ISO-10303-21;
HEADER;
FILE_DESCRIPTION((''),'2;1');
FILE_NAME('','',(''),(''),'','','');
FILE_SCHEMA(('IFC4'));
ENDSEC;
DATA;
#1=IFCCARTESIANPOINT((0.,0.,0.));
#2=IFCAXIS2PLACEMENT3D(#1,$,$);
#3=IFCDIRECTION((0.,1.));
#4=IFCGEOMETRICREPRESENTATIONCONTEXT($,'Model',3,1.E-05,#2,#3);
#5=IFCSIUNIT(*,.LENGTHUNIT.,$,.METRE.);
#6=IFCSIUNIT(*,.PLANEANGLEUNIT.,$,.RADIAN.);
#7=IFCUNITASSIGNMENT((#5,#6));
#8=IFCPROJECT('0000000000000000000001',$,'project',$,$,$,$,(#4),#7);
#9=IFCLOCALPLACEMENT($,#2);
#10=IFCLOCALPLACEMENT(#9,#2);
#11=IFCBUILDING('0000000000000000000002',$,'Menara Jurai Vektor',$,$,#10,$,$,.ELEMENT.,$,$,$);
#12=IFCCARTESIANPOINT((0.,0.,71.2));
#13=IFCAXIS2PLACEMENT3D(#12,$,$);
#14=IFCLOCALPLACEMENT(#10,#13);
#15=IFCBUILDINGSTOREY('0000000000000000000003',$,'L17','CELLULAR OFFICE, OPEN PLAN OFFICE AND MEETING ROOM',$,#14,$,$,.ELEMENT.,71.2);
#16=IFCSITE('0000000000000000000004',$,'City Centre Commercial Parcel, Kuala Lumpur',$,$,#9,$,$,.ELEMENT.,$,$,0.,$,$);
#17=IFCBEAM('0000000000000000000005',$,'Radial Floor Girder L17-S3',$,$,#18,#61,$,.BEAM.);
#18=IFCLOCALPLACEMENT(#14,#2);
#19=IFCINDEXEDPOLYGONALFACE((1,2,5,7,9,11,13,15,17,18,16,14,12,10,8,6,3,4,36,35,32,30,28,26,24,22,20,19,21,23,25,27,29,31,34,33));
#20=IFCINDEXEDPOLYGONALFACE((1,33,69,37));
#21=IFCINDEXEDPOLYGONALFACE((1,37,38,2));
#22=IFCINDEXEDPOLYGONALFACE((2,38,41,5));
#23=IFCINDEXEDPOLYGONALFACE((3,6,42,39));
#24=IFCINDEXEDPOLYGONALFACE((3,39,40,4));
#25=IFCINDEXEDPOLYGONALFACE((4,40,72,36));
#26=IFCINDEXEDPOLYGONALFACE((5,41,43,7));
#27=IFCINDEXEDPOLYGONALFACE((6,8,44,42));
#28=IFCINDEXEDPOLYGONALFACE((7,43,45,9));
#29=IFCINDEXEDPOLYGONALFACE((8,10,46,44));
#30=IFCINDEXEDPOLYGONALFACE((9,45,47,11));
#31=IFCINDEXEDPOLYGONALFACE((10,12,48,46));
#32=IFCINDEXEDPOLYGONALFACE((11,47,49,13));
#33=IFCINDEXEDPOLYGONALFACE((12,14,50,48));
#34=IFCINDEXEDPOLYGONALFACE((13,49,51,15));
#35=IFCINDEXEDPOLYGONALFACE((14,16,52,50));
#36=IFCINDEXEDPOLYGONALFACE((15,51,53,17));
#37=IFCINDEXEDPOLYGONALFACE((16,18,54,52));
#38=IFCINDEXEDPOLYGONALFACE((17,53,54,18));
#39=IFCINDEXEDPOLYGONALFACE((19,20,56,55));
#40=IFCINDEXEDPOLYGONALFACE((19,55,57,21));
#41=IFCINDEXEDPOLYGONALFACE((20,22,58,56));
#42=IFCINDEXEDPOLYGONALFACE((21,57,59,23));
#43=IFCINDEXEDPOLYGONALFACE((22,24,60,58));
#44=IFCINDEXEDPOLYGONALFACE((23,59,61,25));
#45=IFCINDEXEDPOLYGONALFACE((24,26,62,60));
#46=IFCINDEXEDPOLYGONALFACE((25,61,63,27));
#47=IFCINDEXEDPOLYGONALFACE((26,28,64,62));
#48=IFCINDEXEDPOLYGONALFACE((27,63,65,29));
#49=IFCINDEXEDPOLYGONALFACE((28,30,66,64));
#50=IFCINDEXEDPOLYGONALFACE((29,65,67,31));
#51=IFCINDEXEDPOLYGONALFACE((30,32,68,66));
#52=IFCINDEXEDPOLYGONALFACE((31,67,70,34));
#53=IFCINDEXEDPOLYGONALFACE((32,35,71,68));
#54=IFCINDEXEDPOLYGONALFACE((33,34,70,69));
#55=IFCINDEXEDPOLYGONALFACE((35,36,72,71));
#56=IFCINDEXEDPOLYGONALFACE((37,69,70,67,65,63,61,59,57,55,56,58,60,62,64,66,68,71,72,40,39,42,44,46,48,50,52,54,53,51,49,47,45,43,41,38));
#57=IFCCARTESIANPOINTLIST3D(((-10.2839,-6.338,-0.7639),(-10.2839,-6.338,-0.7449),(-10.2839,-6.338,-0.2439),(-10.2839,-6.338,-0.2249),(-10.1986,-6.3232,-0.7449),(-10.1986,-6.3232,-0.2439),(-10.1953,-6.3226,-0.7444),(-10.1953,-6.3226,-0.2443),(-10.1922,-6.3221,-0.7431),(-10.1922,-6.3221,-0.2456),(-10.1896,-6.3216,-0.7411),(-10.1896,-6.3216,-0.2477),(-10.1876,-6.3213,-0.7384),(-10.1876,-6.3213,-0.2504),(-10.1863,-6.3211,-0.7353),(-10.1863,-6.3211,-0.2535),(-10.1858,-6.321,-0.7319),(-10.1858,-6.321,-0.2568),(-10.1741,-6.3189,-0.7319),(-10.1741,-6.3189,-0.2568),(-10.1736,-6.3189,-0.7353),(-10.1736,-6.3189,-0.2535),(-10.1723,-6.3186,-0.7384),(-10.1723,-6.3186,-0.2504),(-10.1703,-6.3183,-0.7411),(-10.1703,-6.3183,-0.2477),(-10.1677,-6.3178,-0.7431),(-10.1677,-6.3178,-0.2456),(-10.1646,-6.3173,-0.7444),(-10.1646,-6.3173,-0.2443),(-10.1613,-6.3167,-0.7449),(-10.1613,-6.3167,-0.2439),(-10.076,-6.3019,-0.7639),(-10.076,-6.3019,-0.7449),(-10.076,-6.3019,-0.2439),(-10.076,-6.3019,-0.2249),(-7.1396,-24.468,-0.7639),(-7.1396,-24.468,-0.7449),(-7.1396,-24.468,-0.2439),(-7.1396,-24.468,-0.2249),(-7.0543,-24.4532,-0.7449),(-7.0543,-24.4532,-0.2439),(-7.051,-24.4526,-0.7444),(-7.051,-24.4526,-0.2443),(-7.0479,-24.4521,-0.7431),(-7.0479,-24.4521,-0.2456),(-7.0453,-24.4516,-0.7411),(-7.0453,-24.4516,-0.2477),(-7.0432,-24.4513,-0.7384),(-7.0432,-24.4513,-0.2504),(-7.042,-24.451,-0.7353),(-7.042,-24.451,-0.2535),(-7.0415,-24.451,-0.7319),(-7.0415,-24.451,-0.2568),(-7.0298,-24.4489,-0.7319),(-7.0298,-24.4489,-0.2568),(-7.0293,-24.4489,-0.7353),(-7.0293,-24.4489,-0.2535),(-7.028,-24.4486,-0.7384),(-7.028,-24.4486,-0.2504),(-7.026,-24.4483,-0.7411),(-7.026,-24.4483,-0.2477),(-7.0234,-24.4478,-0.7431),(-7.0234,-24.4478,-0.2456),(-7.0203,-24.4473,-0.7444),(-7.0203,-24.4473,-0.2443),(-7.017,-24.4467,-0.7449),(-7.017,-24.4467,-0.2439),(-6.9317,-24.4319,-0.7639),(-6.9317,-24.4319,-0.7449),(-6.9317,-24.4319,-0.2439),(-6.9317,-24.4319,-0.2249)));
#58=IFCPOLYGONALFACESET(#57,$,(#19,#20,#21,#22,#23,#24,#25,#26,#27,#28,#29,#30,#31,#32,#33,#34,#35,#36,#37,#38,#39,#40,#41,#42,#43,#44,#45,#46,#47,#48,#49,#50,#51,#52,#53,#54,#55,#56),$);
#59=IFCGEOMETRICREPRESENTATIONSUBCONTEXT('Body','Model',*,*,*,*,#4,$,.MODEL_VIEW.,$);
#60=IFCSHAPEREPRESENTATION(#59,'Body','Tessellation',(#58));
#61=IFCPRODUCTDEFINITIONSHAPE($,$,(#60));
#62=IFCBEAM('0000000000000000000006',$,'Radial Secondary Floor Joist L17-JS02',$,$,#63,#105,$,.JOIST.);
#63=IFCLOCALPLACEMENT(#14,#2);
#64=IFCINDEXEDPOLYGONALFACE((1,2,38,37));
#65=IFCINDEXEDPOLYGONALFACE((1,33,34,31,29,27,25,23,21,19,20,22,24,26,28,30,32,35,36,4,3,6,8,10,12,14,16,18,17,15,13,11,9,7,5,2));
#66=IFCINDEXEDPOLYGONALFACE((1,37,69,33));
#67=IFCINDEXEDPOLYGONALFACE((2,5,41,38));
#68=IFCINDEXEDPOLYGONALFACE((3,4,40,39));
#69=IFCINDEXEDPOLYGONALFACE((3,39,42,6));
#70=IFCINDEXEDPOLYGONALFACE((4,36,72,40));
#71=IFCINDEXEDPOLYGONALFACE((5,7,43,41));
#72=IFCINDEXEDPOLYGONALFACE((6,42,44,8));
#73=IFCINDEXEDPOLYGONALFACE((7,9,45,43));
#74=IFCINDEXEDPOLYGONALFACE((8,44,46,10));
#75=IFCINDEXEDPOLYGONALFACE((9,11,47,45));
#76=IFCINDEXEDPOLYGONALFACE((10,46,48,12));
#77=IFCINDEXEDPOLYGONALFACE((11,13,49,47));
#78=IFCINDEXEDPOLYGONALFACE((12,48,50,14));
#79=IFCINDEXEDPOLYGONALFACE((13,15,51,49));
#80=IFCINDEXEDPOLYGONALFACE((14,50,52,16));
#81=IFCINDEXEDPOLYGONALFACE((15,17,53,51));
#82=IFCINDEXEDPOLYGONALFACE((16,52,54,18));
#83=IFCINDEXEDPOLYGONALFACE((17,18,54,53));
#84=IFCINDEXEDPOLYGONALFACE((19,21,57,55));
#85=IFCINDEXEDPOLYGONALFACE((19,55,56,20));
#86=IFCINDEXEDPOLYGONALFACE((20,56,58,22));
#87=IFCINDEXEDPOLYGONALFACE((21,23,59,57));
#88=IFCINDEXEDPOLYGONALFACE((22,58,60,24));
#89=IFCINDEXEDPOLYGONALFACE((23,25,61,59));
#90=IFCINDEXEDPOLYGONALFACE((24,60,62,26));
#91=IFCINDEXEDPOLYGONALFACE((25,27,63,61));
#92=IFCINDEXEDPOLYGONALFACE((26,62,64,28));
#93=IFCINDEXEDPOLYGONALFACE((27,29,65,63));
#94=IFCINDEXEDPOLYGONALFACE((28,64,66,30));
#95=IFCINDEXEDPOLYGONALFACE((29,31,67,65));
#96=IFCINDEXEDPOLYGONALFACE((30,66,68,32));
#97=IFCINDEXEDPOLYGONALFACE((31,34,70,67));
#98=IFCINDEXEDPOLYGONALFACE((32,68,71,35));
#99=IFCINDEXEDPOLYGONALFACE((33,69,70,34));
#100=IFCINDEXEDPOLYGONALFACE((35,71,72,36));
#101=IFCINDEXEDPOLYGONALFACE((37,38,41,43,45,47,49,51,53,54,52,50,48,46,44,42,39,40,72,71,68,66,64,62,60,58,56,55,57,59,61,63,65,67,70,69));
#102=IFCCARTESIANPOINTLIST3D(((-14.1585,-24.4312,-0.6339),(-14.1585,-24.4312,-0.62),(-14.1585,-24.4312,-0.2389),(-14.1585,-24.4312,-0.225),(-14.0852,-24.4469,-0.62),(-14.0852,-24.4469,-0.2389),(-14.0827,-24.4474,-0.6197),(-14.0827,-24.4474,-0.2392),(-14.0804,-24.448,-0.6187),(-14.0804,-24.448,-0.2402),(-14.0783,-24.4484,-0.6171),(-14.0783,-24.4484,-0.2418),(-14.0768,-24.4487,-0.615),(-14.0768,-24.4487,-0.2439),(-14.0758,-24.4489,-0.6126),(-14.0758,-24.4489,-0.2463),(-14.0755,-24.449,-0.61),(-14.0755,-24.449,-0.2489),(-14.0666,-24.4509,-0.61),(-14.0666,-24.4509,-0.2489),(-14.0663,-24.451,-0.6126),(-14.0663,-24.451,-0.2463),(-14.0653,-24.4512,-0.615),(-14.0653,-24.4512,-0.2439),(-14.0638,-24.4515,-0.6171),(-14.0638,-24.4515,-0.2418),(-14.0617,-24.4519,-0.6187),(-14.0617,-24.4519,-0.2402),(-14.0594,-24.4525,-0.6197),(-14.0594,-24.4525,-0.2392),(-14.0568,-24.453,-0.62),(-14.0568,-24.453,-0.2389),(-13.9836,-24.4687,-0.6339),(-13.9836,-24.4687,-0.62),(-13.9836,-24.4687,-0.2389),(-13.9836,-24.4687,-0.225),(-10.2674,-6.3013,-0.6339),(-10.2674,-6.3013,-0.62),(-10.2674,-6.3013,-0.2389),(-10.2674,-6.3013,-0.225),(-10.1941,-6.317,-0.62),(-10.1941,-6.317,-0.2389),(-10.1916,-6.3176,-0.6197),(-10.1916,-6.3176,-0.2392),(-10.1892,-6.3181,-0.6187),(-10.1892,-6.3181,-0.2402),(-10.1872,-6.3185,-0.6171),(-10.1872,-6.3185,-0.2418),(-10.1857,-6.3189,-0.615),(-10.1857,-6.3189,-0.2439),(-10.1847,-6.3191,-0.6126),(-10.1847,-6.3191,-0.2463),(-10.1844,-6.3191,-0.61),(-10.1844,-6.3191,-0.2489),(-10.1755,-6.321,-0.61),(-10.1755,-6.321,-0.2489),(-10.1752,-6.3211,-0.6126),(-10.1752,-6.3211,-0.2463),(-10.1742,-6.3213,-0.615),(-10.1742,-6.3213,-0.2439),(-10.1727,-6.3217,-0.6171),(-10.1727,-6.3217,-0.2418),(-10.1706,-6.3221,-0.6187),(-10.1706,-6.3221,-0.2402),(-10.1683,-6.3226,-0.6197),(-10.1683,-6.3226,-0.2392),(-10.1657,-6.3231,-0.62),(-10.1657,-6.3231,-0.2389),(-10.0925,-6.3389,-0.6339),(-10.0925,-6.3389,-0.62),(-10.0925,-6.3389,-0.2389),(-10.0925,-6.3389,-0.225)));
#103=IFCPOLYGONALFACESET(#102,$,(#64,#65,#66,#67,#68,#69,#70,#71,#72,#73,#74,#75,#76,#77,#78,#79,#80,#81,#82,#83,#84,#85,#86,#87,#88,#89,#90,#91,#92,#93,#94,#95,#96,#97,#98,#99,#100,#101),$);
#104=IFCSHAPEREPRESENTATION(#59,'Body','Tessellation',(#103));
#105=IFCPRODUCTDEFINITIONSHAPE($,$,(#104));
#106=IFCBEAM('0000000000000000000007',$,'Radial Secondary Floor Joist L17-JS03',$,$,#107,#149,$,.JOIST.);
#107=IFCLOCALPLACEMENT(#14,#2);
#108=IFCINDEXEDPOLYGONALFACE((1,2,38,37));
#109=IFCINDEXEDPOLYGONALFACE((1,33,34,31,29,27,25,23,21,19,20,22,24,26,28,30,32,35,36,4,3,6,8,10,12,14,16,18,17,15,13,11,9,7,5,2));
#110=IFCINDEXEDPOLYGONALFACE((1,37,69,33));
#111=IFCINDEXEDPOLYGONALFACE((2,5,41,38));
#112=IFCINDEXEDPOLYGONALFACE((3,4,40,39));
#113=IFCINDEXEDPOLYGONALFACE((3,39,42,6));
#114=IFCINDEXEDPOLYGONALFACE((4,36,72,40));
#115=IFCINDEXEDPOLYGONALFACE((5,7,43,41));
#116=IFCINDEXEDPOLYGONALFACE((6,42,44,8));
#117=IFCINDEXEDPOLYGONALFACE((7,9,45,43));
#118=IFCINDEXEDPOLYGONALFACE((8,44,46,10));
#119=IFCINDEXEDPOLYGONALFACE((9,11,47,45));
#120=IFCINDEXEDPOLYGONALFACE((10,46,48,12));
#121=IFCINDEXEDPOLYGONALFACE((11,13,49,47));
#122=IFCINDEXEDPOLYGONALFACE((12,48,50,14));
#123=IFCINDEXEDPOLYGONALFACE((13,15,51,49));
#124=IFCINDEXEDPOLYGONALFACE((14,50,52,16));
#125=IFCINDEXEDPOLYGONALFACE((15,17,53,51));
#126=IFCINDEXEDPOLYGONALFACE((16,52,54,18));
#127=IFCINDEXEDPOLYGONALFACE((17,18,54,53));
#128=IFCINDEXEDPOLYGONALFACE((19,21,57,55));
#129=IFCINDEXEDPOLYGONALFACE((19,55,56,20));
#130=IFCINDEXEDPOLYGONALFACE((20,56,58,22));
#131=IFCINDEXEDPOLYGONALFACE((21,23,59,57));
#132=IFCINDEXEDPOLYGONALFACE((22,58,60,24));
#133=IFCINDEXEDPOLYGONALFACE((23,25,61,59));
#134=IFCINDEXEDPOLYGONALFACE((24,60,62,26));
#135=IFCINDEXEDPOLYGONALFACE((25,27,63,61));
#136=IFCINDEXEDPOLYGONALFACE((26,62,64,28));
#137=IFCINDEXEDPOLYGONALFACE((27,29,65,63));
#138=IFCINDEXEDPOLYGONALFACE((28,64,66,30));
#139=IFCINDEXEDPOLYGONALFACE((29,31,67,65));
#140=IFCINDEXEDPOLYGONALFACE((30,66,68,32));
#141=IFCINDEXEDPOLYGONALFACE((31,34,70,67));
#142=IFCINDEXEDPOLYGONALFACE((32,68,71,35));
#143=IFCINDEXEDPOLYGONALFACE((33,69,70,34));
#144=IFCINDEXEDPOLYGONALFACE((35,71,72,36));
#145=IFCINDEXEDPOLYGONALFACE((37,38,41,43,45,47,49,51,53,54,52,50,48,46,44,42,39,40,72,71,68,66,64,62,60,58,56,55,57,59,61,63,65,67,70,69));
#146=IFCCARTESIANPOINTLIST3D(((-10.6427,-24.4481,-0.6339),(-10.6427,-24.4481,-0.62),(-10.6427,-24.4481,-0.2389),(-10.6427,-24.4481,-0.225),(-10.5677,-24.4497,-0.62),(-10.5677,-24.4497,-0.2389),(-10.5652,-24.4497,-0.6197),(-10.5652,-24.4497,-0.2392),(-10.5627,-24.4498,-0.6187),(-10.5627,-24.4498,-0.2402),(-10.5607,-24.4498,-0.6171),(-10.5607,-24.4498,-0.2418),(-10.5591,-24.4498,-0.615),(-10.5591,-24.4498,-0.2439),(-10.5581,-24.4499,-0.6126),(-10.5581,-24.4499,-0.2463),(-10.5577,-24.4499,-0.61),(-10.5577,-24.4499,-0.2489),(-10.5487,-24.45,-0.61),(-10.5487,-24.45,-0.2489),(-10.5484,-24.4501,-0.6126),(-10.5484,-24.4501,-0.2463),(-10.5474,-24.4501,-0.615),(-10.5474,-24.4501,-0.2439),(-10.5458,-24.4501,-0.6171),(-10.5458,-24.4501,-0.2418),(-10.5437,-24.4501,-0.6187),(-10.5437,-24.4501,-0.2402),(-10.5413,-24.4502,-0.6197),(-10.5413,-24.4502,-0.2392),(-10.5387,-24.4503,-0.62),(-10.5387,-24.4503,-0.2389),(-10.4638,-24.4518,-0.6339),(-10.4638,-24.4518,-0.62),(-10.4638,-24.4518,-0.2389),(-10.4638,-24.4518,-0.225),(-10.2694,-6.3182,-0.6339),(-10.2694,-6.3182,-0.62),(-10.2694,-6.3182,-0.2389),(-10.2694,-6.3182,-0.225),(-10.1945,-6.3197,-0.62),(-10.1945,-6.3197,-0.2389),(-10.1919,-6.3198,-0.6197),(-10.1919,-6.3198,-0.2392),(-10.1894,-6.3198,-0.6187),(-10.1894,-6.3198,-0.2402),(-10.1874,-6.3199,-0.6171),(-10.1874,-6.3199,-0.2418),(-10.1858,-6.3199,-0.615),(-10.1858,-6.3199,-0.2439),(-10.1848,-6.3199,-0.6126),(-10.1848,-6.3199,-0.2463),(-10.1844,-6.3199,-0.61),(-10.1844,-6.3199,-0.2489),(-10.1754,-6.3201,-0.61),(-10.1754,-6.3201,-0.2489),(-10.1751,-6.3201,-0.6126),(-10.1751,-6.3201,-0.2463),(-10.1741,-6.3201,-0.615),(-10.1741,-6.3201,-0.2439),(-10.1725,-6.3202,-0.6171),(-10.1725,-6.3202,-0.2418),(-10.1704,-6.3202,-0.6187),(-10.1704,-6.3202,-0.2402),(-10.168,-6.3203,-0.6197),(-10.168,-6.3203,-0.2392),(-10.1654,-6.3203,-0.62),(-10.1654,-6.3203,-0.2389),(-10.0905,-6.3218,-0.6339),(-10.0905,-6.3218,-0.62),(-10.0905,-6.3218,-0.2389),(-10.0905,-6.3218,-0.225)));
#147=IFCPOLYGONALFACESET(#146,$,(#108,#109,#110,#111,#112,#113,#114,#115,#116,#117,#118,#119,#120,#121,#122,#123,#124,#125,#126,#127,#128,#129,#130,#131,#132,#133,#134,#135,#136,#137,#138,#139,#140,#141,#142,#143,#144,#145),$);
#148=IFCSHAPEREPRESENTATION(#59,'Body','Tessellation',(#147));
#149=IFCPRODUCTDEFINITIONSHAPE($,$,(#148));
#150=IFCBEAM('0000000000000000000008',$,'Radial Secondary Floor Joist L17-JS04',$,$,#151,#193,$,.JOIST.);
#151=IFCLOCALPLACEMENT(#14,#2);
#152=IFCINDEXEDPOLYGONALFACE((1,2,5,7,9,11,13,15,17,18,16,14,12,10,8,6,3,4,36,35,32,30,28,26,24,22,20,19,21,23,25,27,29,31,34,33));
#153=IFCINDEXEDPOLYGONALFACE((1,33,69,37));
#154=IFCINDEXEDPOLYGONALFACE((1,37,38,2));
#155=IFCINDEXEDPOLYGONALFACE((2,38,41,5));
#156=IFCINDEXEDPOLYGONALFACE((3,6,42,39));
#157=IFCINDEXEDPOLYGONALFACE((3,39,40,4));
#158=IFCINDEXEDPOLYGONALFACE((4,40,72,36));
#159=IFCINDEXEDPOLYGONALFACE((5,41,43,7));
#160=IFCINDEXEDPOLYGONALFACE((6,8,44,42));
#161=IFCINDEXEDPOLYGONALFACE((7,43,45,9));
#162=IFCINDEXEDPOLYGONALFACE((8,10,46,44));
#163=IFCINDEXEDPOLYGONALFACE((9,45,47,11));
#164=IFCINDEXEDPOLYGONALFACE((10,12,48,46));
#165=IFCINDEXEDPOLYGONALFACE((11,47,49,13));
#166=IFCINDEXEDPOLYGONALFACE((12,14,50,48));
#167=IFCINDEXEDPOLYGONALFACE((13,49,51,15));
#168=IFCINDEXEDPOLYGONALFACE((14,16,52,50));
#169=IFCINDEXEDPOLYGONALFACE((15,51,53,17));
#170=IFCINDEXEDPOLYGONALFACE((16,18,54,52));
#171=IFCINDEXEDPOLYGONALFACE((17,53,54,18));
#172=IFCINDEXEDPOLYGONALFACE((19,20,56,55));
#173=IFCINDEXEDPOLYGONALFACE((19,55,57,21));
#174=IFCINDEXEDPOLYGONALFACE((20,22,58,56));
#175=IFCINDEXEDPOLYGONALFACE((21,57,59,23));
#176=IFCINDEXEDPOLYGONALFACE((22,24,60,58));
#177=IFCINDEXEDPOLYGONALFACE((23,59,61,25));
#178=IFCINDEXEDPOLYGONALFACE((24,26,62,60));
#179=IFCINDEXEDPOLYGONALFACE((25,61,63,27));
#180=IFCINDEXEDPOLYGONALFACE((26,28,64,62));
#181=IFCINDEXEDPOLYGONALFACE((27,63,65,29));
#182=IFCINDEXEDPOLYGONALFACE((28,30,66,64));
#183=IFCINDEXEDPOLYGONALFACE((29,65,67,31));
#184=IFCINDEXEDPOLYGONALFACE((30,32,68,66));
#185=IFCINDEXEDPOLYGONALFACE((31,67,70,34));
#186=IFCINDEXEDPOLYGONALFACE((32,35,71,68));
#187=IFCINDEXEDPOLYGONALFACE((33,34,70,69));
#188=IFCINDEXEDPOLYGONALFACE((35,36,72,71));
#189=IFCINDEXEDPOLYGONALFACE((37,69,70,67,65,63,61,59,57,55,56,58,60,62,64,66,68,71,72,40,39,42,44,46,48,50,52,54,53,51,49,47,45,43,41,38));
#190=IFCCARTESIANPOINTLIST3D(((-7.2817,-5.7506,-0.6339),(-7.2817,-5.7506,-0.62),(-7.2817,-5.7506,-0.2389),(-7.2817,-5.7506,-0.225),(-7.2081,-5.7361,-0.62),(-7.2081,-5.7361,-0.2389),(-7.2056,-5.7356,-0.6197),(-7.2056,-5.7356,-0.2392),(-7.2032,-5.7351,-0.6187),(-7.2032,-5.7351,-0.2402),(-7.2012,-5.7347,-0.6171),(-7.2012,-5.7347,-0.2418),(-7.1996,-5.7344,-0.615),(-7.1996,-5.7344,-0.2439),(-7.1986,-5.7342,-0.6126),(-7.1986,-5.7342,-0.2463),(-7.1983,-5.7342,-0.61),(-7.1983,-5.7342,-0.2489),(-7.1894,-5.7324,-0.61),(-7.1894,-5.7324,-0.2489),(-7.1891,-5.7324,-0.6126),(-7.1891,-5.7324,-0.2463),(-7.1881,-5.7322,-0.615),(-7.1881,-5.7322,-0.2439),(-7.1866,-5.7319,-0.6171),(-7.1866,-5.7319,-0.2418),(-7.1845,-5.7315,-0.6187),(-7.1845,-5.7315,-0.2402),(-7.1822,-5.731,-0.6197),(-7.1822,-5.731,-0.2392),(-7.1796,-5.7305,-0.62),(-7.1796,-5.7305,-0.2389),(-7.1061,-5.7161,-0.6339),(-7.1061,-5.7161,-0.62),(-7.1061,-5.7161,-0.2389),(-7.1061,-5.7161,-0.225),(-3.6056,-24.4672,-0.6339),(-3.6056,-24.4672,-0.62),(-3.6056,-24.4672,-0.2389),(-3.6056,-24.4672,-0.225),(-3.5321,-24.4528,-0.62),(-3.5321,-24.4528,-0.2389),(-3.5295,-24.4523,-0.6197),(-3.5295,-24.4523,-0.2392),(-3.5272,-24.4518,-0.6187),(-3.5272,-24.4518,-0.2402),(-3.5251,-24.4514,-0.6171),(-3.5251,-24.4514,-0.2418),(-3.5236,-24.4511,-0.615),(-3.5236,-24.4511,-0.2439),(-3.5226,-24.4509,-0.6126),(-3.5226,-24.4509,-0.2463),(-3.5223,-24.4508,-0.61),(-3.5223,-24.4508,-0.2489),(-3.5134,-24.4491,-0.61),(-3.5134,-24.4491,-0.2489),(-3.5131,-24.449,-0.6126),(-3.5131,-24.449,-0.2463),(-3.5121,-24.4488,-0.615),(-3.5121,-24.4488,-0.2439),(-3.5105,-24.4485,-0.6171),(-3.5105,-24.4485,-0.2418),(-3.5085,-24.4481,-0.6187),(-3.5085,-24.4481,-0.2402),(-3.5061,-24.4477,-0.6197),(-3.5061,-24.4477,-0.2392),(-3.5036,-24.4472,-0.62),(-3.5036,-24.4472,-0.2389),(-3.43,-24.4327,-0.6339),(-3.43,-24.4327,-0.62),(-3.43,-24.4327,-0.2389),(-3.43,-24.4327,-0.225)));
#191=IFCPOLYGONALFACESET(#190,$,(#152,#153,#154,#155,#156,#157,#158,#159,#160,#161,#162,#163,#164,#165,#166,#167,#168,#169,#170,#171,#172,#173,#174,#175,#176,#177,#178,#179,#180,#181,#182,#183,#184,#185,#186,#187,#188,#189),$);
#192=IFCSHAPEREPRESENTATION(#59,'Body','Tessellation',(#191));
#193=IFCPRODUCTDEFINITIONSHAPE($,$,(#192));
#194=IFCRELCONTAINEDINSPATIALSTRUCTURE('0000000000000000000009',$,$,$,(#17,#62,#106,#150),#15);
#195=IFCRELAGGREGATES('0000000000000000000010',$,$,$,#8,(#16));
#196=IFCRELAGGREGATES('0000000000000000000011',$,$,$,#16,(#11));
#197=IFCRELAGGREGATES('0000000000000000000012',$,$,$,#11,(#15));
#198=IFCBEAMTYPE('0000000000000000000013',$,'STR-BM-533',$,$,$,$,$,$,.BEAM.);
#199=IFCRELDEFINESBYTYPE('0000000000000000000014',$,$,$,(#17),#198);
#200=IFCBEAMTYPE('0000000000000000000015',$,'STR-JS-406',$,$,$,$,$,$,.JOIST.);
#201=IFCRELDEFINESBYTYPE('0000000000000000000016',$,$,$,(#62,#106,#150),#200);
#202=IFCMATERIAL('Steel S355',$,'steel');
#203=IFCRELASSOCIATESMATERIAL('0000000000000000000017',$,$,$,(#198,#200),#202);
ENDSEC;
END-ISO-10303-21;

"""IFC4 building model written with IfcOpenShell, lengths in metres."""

from ifc_helpers import new_model, si_unit, direction, frame, origin, origin_2d, place, context, subcontext, project, spatial, i_section, extrude, material, material_profile, profile_set, type_object, element, save


model = new_model("IFC4")

# Units and contexts
model_context = context("Model", 3, precision=1e-05, world=origin(), true_north=direction((0.0, 1.0)))
body_context = subcontext(model_context, "Body", "Model", "MODEL_VIEW")
ifc_project = project(units=[si_unit("LENGTHUNIT", "METRE"), si_unit("PLANEANGLEUNIT", "RADIAN")], contexts=[model_context])

# Site, building, storey
site_placement = place(None, origin())
site = spatial("IfcSite", under=ifc_project, at=site_placement, Name="City Centre Commercial Parcel, Kuala Lumpur", CompositionType="ELEMENT", RefElevation=0.0)
building_placement = place(site_placement, origin())
building = spatial("IfcBuilding", under=site, at=building_placement, Name="Menara Jurai Vektor", CompositionType="ELEMENT")
storey_placement = place(building_placement, frame((0.0, 0.0, 71.2)))
storey = spatial("IfcBuildingStorey", under=building, at=storey_placement, Name="L17", Description="CELLULAR OFFICE, OPEN PLAN OFFICE AND MEETING ROOM", CompositionType="ELEMENT", Elevation=71.2)

# Beams
ifc_material_1 = material(Name="Steel S355", Category="steel")
ifc_material_profile_1 = material_profile(ifc_material_1, i_section(OverallWidth=0.2109, OverallDepth=0.5391, WebThickness=0.012, FlangeThickness=0.019, FilletRadius=0.0129, at=origin_2d()), Name="UKB 533x210x109")
ifc_profile_set_1 = profile_set([ifc_material_profile_1], Name="Steel S355")
beam_type_1 = type_object("IfcBeamType", Name="STR-BM-533", PredefinedType="BEAM", material=ifc_profile_set_1)
beam_1_placement = place(storey_placement, frame((-7.0356, -24.45, -0.4944), z_axis=(-0.17088, 0.985292, 0.0), x_axis=(-0.985292, -0.17088, 0.0)))
element("IfcBeam", 1, at=beam_1_placement, inside=storey, type_object=beam_type_1, Name="Radial Floor Girder L17-S3", PredefinedType="BEAM", context=body_context, shape_type="SweptSolid", body=[
    extrude(i_section(OverallWidth=0.2109, OverallDepth=0.5391, WebThickness=0.012, FlangeThickness=0.019, FilletRadius=0.0129, at=origin_2d()), origin(), (0.0, 0.0, 1.0), 18.4006),
])
ifc_material_profile_2 = material_profile(ifc_material_1, i_section(OverallWidth=0.179, OverallDepth=0.4089, WebThickness=0.009, FlangeThickness=0.0139, FilletRadius=0.01, at=origin_2d()), Name="UKB 406x178x67")
ifc_profile_set_2 = profile_set([ifc_material_profile_2], Name="Steel S355")
beam_type_2 = type_object("IfcBeamType", Name="STR-JS-406", PredefinedType="JOIST", material=ifc_profile_set_2)
beam_2_placement = place(storey_placement, frame((-14.071, -24.45, -0.4294), z_axis=(0.209846, 0.977735, 0.0), x_axis=(-0.977735, 0.209846, 0.0)))
element("IfcBeam", 2, at=beam_2_placement, inside=storey, type_object=beam_type_2, Name="Radial Secondary Floor Joist L17-JS02", PredefinedType="JOIST", context=body_context, shape_type="SweptSolid", body=[
    extrude(i_section(OverallWidth=0.179, OverallDepth=0.4089, WebThickness=0.009, FlangeThickness=0.0139, FilletRadius=0.01, at=origin_2d()), origin(), (0.0, 0.0, 1.0), 18.5427),
])
beam_3_placement = place(storey_placement, frame((-10.5532, -24.45, -0.4294), z_axis=(0.020585, 0.999788, 0.0), x_axis=(-0.999788, 0.020585, 0.0)))
element("IfcBeam", 3, at=beam_3_placement, inside=storey, type_object=beam_type_2, Name="Radial Secondary Floor Joist L17-JS03", PredefinedType="JOIST", context=body_context, shape_type="SweptSolid", body=[
    extrude(i_section(OverallWidth=0.179, OverallDepth=0.4089, WebThickness=0.009, FlangeThickness=0.0139, FilletRadius=0.01, at=origin_2d()), origin(), (0.0, 0.0, 1.0), 18.1338),
])
beam_4_placement = place(storey_placement, frame((-3.5178, -24.45, -0.4294), z_axis=(-0.192723, 0.981253, 0.0), x_axis=(-0.981253, -0.192723, 0.0)))
element("IfcBeam", 4, at=beam_4_placement, inside=storey, type_object=beam_type_2, Name="Radial Secondary Floor Joist L17-JS04", PredefinedType="JOIST", context=body_context, shape_type="SweptSolid", body=[
    extrude(i_section(OverallWidth=0.179, OverallDepth=0.4089, WebThickness=0.009, FlangeThickness=0.0139, FilletRadius=0.01, at=origin_2d()), origin(), (0.0, 0.0, 1.0), 19.0742),
])

save(model, "model.ifc")
